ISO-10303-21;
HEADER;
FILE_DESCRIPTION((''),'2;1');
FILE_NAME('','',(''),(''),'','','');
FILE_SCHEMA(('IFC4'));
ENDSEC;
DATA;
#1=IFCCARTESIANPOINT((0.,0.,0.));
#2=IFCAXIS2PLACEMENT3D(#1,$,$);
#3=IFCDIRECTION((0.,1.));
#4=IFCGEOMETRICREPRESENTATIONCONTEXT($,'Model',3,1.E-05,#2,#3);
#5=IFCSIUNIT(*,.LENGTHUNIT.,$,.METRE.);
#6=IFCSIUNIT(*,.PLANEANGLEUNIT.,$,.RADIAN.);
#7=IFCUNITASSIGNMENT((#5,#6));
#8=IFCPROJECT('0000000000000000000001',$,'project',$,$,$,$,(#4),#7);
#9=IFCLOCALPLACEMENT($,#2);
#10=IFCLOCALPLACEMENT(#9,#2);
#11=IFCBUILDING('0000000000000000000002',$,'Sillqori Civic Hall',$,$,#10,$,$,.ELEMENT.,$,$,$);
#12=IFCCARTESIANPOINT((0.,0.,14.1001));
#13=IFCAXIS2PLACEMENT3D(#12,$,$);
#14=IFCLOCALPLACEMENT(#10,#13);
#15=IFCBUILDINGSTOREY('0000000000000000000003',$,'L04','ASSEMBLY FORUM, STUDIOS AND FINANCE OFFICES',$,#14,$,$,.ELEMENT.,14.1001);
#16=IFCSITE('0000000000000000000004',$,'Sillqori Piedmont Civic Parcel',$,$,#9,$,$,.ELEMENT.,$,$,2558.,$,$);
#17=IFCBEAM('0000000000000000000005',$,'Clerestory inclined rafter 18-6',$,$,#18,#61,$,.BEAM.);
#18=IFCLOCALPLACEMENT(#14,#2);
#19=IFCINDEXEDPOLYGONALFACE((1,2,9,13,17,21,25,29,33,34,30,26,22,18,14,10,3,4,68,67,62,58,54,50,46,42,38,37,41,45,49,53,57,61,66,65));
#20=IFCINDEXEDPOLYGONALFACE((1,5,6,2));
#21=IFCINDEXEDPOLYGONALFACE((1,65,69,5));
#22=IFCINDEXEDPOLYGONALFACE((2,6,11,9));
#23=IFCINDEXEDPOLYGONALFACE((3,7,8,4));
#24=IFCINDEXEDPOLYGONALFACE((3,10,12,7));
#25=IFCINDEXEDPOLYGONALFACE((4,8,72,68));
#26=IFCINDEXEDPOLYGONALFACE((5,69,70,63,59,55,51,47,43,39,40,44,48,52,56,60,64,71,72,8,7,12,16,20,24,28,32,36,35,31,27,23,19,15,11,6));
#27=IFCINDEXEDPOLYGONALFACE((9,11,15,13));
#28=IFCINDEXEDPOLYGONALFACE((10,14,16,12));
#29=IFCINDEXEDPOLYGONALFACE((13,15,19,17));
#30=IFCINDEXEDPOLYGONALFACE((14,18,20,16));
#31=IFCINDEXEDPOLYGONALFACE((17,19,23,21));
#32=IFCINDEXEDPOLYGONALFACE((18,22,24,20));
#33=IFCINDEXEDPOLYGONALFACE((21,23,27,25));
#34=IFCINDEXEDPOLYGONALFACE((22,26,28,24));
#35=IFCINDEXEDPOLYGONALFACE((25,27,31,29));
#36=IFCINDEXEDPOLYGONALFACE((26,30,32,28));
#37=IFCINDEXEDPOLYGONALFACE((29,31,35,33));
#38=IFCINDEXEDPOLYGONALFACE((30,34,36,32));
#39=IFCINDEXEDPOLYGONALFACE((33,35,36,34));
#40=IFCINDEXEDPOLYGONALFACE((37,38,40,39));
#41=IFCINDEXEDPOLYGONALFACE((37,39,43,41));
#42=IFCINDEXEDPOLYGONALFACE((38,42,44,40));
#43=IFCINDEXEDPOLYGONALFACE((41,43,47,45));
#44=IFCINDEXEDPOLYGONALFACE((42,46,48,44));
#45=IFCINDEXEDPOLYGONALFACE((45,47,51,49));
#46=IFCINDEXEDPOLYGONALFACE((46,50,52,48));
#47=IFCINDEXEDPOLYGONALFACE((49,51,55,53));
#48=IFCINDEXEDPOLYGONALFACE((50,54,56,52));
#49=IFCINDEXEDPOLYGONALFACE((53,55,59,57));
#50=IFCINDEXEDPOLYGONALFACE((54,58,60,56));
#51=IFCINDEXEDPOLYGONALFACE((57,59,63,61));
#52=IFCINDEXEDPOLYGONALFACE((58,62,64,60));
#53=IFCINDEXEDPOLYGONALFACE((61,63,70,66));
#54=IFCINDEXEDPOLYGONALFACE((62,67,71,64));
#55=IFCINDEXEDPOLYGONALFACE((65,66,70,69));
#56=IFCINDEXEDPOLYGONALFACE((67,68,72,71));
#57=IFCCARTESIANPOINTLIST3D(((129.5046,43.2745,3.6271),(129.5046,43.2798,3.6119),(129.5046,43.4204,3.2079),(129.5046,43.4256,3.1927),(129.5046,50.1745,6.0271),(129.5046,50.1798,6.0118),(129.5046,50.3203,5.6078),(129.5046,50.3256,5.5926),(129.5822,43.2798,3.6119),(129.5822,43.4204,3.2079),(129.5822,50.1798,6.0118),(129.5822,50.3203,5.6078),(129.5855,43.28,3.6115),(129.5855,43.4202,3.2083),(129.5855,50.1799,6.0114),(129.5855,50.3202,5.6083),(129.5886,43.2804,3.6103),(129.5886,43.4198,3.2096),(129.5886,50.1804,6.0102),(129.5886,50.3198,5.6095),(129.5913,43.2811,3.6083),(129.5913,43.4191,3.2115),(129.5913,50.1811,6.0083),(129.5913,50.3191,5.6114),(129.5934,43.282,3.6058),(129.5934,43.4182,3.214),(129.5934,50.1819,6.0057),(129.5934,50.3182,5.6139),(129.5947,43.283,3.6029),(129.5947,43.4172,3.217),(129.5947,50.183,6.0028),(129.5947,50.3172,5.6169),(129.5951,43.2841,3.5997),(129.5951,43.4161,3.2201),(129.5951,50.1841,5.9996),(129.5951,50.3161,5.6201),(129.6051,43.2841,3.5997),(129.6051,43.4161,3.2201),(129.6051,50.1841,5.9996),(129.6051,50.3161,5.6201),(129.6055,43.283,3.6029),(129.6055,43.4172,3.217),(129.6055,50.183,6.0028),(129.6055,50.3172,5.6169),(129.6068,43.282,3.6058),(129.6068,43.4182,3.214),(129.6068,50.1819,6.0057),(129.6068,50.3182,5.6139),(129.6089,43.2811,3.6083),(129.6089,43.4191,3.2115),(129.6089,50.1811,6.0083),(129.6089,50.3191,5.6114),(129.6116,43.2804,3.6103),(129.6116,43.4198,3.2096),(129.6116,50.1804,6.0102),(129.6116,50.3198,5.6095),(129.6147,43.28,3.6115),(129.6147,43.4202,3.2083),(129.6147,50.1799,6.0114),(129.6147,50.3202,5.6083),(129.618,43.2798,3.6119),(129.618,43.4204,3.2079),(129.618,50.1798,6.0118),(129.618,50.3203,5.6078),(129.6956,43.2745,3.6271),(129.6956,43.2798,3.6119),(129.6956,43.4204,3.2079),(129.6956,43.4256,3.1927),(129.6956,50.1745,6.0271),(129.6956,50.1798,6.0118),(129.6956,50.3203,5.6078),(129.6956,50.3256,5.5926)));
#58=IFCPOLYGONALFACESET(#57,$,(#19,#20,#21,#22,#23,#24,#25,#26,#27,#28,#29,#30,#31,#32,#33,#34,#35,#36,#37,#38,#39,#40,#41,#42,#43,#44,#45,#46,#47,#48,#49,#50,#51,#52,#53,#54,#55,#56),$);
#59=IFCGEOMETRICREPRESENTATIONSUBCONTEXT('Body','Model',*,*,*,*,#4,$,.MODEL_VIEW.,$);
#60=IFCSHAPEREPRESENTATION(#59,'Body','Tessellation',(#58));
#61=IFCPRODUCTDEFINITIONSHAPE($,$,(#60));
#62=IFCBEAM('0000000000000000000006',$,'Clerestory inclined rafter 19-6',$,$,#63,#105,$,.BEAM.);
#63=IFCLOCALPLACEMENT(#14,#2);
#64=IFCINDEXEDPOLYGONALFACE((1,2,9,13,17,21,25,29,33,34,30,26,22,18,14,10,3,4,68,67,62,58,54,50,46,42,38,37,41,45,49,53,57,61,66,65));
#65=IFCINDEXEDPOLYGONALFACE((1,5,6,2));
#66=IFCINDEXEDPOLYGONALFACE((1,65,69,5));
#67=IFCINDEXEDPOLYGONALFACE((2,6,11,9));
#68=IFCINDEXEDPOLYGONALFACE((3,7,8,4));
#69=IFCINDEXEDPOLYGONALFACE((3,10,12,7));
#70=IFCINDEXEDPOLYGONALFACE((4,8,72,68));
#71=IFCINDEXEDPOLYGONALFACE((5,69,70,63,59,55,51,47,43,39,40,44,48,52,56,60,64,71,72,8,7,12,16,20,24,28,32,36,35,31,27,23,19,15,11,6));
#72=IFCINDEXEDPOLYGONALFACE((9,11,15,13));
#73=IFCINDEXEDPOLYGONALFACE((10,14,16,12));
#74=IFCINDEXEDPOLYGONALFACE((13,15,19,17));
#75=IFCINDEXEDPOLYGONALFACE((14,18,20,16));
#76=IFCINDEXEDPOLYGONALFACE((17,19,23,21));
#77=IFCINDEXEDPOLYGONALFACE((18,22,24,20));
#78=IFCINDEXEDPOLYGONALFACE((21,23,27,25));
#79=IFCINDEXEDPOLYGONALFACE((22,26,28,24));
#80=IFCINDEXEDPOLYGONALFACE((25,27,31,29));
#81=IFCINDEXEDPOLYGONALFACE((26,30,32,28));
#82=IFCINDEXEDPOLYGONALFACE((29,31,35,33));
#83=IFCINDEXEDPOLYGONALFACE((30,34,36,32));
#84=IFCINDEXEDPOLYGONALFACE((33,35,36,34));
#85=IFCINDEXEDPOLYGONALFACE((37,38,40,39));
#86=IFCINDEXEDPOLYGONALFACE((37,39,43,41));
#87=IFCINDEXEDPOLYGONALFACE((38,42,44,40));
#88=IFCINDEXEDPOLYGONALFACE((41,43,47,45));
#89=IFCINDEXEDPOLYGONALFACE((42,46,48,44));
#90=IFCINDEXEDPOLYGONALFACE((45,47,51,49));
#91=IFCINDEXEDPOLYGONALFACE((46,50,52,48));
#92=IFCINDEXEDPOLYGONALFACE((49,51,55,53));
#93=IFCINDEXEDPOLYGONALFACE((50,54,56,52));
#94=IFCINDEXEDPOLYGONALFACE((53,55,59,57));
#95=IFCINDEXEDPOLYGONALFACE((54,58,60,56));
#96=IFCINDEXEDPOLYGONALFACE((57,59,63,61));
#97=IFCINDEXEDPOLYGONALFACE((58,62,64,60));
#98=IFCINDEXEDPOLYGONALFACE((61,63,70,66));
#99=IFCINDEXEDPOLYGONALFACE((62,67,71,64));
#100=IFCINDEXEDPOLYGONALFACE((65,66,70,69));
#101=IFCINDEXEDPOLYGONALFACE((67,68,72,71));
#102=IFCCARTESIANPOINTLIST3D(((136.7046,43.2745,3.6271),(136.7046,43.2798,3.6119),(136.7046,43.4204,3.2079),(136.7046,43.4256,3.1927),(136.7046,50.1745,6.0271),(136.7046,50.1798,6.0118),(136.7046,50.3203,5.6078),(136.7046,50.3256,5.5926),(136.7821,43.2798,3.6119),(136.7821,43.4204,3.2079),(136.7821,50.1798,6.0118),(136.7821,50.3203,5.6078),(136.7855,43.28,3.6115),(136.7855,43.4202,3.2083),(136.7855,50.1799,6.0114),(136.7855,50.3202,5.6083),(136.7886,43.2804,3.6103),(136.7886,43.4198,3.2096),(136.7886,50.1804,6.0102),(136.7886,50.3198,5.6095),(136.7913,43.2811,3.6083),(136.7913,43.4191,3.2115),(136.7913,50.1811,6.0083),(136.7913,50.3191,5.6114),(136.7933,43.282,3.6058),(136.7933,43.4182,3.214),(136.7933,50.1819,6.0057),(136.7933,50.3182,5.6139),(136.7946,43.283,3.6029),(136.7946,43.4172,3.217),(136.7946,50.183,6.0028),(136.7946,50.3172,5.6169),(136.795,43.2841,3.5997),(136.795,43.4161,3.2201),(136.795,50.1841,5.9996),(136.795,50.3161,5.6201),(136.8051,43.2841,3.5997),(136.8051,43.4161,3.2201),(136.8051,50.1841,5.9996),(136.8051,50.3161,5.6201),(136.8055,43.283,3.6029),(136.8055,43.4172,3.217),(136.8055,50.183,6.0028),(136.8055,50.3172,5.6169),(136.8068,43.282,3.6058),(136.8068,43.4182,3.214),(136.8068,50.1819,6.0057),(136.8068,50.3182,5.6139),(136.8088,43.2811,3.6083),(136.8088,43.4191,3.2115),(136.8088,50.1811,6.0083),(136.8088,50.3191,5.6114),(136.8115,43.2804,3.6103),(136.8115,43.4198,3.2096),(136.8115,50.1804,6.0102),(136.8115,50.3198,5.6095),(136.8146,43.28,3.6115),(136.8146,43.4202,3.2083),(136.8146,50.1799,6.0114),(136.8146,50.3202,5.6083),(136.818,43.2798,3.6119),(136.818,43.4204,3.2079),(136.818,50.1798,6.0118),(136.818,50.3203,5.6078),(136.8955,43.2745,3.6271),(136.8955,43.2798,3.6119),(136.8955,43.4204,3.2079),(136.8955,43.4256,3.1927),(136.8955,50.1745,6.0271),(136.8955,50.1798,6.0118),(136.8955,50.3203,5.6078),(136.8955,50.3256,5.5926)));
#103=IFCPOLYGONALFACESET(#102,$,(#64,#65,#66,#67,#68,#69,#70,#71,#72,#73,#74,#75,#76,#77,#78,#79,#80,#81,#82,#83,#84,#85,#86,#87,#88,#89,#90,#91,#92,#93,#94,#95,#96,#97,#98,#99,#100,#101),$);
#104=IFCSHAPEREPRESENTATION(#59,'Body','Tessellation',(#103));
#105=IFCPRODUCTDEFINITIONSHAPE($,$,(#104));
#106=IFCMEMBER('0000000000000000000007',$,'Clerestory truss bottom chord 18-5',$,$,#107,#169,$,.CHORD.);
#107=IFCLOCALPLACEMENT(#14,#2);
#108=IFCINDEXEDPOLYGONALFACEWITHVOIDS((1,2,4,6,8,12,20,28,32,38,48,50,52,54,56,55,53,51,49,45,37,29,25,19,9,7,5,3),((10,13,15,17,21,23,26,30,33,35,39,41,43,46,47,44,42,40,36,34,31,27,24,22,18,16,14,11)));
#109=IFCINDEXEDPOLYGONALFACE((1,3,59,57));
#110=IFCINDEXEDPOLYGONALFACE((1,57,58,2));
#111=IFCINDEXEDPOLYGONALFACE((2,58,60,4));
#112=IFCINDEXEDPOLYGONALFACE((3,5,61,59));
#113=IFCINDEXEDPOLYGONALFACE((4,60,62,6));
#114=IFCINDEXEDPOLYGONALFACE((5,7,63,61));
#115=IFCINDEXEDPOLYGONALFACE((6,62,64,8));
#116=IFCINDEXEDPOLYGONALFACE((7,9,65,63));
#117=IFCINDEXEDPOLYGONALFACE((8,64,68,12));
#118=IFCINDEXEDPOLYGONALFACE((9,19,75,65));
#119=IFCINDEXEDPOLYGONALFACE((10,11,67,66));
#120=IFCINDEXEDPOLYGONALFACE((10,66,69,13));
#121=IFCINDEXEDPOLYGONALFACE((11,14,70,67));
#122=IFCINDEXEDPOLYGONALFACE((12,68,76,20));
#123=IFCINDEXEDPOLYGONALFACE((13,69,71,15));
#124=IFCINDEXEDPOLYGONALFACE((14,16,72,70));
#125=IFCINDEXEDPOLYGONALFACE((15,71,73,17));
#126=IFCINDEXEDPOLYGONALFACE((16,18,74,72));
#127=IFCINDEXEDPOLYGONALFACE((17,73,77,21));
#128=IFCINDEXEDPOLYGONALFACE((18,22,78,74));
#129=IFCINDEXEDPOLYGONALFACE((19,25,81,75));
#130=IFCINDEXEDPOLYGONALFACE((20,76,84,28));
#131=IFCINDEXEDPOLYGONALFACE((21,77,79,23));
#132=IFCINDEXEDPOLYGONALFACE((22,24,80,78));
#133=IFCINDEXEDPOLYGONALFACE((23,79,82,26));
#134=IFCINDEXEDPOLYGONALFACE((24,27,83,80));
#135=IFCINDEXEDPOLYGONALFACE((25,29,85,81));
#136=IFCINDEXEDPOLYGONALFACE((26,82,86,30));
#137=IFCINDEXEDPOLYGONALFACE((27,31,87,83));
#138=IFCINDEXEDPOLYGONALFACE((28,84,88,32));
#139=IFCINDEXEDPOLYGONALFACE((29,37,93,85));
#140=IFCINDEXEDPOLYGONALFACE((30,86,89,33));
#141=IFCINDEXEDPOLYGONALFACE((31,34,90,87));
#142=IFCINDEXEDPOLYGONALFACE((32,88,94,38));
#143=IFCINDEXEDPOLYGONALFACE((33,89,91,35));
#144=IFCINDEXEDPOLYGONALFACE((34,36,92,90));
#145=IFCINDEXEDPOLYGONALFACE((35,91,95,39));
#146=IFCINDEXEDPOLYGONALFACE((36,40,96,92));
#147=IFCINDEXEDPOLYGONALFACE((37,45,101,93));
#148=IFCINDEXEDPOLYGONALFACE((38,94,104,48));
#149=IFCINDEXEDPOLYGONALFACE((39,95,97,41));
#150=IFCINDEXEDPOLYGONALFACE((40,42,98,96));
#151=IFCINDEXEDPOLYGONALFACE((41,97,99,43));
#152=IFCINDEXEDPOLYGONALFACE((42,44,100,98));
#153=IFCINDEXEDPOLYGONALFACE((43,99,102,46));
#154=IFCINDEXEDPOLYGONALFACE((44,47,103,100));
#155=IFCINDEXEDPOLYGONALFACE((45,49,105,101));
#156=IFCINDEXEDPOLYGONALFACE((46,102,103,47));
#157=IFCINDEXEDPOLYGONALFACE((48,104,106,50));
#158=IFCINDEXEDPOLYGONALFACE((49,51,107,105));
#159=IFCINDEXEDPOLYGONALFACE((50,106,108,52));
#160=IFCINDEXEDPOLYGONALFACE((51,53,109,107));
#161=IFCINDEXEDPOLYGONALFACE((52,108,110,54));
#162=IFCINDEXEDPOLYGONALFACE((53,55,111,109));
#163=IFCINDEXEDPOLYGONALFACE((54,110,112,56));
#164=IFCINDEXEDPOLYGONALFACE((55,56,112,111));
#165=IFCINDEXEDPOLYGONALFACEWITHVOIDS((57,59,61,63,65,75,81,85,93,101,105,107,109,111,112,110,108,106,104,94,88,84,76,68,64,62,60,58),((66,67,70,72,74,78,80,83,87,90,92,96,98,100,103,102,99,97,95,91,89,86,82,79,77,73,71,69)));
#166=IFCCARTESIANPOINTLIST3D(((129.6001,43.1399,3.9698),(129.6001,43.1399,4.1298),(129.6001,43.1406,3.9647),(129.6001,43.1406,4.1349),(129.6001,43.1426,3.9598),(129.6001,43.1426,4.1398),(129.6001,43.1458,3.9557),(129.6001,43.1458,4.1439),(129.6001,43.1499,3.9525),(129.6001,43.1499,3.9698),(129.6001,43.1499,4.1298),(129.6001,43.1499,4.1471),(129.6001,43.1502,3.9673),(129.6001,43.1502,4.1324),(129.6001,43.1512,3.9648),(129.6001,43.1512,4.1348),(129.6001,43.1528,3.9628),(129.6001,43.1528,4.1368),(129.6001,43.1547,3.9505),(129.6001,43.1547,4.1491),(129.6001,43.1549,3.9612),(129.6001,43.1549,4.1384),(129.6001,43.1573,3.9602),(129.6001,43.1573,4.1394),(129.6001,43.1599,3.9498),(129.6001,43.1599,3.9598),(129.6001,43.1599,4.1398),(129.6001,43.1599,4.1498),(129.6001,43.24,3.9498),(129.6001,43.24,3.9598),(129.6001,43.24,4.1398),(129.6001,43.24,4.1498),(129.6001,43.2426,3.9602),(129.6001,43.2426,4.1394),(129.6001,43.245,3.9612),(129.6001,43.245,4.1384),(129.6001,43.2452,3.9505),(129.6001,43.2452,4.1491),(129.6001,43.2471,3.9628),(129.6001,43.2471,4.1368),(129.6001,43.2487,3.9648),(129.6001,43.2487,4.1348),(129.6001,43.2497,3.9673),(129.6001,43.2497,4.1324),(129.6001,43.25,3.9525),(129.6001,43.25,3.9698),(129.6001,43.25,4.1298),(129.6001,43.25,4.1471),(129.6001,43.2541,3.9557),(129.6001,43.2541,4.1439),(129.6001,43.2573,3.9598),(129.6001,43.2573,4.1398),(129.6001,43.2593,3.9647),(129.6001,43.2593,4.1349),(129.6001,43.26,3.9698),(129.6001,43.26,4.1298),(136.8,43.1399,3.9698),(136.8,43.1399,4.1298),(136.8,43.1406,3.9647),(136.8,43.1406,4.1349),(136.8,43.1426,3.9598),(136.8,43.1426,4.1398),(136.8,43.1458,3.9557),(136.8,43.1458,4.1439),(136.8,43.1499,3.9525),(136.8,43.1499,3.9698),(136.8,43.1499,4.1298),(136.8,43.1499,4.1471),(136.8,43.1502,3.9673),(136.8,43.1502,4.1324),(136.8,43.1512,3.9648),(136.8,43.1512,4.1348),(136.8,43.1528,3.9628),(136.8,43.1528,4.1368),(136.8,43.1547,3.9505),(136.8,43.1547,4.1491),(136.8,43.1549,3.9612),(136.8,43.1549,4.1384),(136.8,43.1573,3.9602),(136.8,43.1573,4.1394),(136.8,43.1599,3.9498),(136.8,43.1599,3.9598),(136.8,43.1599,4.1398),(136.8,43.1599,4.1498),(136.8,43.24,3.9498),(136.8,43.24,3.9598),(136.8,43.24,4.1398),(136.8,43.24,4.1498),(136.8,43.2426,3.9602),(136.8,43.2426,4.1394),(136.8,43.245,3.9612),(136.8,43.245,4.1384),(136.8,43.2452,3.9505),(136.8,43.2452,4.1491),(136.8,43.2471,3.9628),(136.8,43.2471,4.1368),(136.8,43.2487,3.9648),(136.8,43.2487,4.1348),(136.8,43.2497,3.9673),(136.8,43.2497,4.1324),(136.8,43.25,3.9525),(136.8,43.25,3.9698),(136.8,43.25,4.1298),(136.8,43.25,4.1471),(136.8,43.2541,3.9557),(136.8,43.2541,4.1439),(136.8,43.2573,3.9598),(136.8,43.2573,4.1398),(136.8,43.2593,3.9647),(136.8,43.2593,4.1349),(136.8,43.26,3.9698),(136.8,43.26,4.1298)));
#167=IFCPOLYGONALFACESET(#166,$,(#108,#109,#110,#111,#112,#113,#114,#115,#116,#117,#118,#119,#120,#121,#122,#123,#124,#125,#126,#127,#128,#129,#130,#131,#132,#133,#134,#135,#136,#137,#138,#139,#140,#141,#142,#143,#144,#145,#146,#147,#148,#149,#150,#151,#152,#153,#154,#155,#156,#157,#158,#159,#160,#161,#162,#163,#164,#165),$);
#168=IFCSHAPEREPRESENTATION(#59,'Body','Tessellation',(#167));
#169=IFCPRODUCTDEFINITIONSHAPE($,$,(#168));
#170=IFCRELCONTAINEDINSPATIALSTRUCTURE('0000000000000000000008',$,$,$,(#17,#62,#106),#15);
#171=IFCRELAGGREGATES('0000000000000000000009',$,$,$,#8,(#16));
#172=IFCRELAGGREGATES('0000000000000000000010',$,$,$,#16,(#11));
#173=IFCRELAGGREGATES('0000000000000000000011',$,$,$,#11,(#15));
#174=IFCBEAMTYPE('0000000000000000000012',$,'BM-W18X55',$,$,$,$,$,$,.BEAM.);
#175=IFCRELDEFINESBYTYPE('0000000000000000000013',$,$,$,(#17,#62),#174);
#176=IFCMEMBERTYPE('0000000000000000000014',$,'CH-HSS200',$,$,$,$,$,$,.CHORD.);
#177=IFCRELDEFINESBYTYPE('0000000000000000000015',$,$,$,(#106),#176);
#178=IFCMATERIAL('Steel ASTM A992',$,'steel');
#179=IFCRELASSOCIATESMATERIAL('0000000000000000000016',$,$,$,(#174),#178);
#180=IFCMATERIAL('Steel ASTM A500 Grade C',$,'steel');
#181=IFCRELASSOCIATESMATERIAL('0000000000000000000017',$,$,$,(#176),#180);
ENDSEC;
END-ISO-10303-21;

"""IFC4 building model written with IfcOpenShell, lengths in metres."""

from ifc_helpers import new_model, si_unit, direction, frame, origin, origin_2d, place, context, subcontext, project, spatial, hollow_rectangle, i_section, extrude, material, material_profile, profile_set, type_object, element, save


model = new_model("IFC4")

# Units and contexts
model_context = context("Model", 3, precision=1e-05, world=origin(), true_north=direction((0.0, 1.0)))
body_context = subcontext(model_context, "Body", "Model", "MODEL_VIEW")
ifc_project = project(units=[si_unit("LENGTHUNIT", "METRE"), si_unit("PLANEANGLEUNIT", "RADIAN")], contexts=[model_context])

# Site, building, storey
site_placement = place(None, origin())
site = spatial("IfcSite", under=ifc_project, at=site_placement, Name="Sillqori Piedmont Civic Parcel", CompositionType="ELEMENT", RefElevation=2558.0)
building_placement = place(site_placement, origin())
building = spatial("IfcBuilding", under=site, at=building_placement, Name="Sillqori Civic Hall", CompositionType="ELEMENT")
storey_placement = place(building_placement, frame((0.0, 0.0, 14.1001)))
storey = spatial("IfcBuildingStorey", under=building, at=storey_placement, Name="L04", Description="ASSEMBLY FORUM, STUDIOS AND FINANCE OFFICES", CompositionType="ELEMENT", Elevation=14.1001)

# Shared definitions
ifc_material_1 = material(Name="Steel ASTM A992", Category="steel")

# Beams
ifc_material_profile_1 = material_profile(ifc_material_1, i_section(OverallWidth=0.1909, OverallDepth=0.46, WebThickness=0.01, FlangeThickness=0.0161, FilletRadius=0.0129, at=origin_2d()), Name="W18X55")
ifc_profile_set_1 = profile_set([ifc_material_profile_1], Name="Steel ASTM A992")
beam_type_1 = type_object("IfcBeamType", Name="BM-W18X55", PredefinedType="BEAM", material=ifc_profile_set_1)
for number, where, z_axis, x_axis, name in (
    (1, (129.6001, 43.3501, 3.4099), (0.0, 0.9445, 0.328513), (-1.0, 0.0, 0.0), "Clerestory inclined rafter 18-6"),
    (2, (136.8, 43.3501, 3.4099), (0.0, 0.9445, 0.328513), (-1.0, 0.0, 0.0), "Clerestory inclined rafter 19-6"),
):
    element("IfcBeam", number, at=place(storey_placement, frame(where, z_axis=z_axis, x_axis=x_axis)), inside=storey, type_object=beam_type_1, Name=name, PredefinedType="BEAM", context=body_context, shape_type="SweptSolid", body=[
        extrude(i_section(OverallWidth=0.1909, OverallDepth=0.46, WebThickness=0.01, FlangeThickness=0.0161, FilletRadius=0.0129, at=origin_2d()), origin(), (0.0, 0.0, 1.0), 7.3054),
    ])

# Member
ifc_material_2 = material(Name="Steel ASTM A500 Grade C", Category="steel")
ifc_material_profile_2 = material_profile(ifc_material_2, hollow_rectangle(XDim=0.1201, YDim=0.2, WallThickness=0.01, InnerFilletRadius=0.01, OuterFilletRadius=0.02, at=origin_2d()), Name="HSS200X120X10")
ifc_profile_set_2 = profile_set([ifc_material_profile_2], Name="Steel ASTM A500 Grade C")
member_type_1 = type_object("IfcMemberType", Name="CH-HSS200", PredefinedType="CHORD", material=ifc_profile_set_2)
member_1_placement = place(storey_placement, frame((129.6001, 43.2, 4.0498), z_axis=(1.0, 0.0, 0.0), x_axis=(0.0, 1.0, 0.0)))
element("IfcMember", 3, at=member_1_placement, inside=storey, type_object=member_type_1, Name="Clerestory truss bottom chord 18-5", PredefinedType="CHORD", context=body_context, shape_type="SweptSolid", body=[
    extrude(hollow_rectangle(XDim=0.1201, YDim=0.2, WallThickness=0.01, InnerFilletRadius=0.01, OuterFilletRadius=0.02, at=origin_2d()), origin(), (0.0, 0.0, 1.0), 7.2),
])

save(model, "model.ifc")
